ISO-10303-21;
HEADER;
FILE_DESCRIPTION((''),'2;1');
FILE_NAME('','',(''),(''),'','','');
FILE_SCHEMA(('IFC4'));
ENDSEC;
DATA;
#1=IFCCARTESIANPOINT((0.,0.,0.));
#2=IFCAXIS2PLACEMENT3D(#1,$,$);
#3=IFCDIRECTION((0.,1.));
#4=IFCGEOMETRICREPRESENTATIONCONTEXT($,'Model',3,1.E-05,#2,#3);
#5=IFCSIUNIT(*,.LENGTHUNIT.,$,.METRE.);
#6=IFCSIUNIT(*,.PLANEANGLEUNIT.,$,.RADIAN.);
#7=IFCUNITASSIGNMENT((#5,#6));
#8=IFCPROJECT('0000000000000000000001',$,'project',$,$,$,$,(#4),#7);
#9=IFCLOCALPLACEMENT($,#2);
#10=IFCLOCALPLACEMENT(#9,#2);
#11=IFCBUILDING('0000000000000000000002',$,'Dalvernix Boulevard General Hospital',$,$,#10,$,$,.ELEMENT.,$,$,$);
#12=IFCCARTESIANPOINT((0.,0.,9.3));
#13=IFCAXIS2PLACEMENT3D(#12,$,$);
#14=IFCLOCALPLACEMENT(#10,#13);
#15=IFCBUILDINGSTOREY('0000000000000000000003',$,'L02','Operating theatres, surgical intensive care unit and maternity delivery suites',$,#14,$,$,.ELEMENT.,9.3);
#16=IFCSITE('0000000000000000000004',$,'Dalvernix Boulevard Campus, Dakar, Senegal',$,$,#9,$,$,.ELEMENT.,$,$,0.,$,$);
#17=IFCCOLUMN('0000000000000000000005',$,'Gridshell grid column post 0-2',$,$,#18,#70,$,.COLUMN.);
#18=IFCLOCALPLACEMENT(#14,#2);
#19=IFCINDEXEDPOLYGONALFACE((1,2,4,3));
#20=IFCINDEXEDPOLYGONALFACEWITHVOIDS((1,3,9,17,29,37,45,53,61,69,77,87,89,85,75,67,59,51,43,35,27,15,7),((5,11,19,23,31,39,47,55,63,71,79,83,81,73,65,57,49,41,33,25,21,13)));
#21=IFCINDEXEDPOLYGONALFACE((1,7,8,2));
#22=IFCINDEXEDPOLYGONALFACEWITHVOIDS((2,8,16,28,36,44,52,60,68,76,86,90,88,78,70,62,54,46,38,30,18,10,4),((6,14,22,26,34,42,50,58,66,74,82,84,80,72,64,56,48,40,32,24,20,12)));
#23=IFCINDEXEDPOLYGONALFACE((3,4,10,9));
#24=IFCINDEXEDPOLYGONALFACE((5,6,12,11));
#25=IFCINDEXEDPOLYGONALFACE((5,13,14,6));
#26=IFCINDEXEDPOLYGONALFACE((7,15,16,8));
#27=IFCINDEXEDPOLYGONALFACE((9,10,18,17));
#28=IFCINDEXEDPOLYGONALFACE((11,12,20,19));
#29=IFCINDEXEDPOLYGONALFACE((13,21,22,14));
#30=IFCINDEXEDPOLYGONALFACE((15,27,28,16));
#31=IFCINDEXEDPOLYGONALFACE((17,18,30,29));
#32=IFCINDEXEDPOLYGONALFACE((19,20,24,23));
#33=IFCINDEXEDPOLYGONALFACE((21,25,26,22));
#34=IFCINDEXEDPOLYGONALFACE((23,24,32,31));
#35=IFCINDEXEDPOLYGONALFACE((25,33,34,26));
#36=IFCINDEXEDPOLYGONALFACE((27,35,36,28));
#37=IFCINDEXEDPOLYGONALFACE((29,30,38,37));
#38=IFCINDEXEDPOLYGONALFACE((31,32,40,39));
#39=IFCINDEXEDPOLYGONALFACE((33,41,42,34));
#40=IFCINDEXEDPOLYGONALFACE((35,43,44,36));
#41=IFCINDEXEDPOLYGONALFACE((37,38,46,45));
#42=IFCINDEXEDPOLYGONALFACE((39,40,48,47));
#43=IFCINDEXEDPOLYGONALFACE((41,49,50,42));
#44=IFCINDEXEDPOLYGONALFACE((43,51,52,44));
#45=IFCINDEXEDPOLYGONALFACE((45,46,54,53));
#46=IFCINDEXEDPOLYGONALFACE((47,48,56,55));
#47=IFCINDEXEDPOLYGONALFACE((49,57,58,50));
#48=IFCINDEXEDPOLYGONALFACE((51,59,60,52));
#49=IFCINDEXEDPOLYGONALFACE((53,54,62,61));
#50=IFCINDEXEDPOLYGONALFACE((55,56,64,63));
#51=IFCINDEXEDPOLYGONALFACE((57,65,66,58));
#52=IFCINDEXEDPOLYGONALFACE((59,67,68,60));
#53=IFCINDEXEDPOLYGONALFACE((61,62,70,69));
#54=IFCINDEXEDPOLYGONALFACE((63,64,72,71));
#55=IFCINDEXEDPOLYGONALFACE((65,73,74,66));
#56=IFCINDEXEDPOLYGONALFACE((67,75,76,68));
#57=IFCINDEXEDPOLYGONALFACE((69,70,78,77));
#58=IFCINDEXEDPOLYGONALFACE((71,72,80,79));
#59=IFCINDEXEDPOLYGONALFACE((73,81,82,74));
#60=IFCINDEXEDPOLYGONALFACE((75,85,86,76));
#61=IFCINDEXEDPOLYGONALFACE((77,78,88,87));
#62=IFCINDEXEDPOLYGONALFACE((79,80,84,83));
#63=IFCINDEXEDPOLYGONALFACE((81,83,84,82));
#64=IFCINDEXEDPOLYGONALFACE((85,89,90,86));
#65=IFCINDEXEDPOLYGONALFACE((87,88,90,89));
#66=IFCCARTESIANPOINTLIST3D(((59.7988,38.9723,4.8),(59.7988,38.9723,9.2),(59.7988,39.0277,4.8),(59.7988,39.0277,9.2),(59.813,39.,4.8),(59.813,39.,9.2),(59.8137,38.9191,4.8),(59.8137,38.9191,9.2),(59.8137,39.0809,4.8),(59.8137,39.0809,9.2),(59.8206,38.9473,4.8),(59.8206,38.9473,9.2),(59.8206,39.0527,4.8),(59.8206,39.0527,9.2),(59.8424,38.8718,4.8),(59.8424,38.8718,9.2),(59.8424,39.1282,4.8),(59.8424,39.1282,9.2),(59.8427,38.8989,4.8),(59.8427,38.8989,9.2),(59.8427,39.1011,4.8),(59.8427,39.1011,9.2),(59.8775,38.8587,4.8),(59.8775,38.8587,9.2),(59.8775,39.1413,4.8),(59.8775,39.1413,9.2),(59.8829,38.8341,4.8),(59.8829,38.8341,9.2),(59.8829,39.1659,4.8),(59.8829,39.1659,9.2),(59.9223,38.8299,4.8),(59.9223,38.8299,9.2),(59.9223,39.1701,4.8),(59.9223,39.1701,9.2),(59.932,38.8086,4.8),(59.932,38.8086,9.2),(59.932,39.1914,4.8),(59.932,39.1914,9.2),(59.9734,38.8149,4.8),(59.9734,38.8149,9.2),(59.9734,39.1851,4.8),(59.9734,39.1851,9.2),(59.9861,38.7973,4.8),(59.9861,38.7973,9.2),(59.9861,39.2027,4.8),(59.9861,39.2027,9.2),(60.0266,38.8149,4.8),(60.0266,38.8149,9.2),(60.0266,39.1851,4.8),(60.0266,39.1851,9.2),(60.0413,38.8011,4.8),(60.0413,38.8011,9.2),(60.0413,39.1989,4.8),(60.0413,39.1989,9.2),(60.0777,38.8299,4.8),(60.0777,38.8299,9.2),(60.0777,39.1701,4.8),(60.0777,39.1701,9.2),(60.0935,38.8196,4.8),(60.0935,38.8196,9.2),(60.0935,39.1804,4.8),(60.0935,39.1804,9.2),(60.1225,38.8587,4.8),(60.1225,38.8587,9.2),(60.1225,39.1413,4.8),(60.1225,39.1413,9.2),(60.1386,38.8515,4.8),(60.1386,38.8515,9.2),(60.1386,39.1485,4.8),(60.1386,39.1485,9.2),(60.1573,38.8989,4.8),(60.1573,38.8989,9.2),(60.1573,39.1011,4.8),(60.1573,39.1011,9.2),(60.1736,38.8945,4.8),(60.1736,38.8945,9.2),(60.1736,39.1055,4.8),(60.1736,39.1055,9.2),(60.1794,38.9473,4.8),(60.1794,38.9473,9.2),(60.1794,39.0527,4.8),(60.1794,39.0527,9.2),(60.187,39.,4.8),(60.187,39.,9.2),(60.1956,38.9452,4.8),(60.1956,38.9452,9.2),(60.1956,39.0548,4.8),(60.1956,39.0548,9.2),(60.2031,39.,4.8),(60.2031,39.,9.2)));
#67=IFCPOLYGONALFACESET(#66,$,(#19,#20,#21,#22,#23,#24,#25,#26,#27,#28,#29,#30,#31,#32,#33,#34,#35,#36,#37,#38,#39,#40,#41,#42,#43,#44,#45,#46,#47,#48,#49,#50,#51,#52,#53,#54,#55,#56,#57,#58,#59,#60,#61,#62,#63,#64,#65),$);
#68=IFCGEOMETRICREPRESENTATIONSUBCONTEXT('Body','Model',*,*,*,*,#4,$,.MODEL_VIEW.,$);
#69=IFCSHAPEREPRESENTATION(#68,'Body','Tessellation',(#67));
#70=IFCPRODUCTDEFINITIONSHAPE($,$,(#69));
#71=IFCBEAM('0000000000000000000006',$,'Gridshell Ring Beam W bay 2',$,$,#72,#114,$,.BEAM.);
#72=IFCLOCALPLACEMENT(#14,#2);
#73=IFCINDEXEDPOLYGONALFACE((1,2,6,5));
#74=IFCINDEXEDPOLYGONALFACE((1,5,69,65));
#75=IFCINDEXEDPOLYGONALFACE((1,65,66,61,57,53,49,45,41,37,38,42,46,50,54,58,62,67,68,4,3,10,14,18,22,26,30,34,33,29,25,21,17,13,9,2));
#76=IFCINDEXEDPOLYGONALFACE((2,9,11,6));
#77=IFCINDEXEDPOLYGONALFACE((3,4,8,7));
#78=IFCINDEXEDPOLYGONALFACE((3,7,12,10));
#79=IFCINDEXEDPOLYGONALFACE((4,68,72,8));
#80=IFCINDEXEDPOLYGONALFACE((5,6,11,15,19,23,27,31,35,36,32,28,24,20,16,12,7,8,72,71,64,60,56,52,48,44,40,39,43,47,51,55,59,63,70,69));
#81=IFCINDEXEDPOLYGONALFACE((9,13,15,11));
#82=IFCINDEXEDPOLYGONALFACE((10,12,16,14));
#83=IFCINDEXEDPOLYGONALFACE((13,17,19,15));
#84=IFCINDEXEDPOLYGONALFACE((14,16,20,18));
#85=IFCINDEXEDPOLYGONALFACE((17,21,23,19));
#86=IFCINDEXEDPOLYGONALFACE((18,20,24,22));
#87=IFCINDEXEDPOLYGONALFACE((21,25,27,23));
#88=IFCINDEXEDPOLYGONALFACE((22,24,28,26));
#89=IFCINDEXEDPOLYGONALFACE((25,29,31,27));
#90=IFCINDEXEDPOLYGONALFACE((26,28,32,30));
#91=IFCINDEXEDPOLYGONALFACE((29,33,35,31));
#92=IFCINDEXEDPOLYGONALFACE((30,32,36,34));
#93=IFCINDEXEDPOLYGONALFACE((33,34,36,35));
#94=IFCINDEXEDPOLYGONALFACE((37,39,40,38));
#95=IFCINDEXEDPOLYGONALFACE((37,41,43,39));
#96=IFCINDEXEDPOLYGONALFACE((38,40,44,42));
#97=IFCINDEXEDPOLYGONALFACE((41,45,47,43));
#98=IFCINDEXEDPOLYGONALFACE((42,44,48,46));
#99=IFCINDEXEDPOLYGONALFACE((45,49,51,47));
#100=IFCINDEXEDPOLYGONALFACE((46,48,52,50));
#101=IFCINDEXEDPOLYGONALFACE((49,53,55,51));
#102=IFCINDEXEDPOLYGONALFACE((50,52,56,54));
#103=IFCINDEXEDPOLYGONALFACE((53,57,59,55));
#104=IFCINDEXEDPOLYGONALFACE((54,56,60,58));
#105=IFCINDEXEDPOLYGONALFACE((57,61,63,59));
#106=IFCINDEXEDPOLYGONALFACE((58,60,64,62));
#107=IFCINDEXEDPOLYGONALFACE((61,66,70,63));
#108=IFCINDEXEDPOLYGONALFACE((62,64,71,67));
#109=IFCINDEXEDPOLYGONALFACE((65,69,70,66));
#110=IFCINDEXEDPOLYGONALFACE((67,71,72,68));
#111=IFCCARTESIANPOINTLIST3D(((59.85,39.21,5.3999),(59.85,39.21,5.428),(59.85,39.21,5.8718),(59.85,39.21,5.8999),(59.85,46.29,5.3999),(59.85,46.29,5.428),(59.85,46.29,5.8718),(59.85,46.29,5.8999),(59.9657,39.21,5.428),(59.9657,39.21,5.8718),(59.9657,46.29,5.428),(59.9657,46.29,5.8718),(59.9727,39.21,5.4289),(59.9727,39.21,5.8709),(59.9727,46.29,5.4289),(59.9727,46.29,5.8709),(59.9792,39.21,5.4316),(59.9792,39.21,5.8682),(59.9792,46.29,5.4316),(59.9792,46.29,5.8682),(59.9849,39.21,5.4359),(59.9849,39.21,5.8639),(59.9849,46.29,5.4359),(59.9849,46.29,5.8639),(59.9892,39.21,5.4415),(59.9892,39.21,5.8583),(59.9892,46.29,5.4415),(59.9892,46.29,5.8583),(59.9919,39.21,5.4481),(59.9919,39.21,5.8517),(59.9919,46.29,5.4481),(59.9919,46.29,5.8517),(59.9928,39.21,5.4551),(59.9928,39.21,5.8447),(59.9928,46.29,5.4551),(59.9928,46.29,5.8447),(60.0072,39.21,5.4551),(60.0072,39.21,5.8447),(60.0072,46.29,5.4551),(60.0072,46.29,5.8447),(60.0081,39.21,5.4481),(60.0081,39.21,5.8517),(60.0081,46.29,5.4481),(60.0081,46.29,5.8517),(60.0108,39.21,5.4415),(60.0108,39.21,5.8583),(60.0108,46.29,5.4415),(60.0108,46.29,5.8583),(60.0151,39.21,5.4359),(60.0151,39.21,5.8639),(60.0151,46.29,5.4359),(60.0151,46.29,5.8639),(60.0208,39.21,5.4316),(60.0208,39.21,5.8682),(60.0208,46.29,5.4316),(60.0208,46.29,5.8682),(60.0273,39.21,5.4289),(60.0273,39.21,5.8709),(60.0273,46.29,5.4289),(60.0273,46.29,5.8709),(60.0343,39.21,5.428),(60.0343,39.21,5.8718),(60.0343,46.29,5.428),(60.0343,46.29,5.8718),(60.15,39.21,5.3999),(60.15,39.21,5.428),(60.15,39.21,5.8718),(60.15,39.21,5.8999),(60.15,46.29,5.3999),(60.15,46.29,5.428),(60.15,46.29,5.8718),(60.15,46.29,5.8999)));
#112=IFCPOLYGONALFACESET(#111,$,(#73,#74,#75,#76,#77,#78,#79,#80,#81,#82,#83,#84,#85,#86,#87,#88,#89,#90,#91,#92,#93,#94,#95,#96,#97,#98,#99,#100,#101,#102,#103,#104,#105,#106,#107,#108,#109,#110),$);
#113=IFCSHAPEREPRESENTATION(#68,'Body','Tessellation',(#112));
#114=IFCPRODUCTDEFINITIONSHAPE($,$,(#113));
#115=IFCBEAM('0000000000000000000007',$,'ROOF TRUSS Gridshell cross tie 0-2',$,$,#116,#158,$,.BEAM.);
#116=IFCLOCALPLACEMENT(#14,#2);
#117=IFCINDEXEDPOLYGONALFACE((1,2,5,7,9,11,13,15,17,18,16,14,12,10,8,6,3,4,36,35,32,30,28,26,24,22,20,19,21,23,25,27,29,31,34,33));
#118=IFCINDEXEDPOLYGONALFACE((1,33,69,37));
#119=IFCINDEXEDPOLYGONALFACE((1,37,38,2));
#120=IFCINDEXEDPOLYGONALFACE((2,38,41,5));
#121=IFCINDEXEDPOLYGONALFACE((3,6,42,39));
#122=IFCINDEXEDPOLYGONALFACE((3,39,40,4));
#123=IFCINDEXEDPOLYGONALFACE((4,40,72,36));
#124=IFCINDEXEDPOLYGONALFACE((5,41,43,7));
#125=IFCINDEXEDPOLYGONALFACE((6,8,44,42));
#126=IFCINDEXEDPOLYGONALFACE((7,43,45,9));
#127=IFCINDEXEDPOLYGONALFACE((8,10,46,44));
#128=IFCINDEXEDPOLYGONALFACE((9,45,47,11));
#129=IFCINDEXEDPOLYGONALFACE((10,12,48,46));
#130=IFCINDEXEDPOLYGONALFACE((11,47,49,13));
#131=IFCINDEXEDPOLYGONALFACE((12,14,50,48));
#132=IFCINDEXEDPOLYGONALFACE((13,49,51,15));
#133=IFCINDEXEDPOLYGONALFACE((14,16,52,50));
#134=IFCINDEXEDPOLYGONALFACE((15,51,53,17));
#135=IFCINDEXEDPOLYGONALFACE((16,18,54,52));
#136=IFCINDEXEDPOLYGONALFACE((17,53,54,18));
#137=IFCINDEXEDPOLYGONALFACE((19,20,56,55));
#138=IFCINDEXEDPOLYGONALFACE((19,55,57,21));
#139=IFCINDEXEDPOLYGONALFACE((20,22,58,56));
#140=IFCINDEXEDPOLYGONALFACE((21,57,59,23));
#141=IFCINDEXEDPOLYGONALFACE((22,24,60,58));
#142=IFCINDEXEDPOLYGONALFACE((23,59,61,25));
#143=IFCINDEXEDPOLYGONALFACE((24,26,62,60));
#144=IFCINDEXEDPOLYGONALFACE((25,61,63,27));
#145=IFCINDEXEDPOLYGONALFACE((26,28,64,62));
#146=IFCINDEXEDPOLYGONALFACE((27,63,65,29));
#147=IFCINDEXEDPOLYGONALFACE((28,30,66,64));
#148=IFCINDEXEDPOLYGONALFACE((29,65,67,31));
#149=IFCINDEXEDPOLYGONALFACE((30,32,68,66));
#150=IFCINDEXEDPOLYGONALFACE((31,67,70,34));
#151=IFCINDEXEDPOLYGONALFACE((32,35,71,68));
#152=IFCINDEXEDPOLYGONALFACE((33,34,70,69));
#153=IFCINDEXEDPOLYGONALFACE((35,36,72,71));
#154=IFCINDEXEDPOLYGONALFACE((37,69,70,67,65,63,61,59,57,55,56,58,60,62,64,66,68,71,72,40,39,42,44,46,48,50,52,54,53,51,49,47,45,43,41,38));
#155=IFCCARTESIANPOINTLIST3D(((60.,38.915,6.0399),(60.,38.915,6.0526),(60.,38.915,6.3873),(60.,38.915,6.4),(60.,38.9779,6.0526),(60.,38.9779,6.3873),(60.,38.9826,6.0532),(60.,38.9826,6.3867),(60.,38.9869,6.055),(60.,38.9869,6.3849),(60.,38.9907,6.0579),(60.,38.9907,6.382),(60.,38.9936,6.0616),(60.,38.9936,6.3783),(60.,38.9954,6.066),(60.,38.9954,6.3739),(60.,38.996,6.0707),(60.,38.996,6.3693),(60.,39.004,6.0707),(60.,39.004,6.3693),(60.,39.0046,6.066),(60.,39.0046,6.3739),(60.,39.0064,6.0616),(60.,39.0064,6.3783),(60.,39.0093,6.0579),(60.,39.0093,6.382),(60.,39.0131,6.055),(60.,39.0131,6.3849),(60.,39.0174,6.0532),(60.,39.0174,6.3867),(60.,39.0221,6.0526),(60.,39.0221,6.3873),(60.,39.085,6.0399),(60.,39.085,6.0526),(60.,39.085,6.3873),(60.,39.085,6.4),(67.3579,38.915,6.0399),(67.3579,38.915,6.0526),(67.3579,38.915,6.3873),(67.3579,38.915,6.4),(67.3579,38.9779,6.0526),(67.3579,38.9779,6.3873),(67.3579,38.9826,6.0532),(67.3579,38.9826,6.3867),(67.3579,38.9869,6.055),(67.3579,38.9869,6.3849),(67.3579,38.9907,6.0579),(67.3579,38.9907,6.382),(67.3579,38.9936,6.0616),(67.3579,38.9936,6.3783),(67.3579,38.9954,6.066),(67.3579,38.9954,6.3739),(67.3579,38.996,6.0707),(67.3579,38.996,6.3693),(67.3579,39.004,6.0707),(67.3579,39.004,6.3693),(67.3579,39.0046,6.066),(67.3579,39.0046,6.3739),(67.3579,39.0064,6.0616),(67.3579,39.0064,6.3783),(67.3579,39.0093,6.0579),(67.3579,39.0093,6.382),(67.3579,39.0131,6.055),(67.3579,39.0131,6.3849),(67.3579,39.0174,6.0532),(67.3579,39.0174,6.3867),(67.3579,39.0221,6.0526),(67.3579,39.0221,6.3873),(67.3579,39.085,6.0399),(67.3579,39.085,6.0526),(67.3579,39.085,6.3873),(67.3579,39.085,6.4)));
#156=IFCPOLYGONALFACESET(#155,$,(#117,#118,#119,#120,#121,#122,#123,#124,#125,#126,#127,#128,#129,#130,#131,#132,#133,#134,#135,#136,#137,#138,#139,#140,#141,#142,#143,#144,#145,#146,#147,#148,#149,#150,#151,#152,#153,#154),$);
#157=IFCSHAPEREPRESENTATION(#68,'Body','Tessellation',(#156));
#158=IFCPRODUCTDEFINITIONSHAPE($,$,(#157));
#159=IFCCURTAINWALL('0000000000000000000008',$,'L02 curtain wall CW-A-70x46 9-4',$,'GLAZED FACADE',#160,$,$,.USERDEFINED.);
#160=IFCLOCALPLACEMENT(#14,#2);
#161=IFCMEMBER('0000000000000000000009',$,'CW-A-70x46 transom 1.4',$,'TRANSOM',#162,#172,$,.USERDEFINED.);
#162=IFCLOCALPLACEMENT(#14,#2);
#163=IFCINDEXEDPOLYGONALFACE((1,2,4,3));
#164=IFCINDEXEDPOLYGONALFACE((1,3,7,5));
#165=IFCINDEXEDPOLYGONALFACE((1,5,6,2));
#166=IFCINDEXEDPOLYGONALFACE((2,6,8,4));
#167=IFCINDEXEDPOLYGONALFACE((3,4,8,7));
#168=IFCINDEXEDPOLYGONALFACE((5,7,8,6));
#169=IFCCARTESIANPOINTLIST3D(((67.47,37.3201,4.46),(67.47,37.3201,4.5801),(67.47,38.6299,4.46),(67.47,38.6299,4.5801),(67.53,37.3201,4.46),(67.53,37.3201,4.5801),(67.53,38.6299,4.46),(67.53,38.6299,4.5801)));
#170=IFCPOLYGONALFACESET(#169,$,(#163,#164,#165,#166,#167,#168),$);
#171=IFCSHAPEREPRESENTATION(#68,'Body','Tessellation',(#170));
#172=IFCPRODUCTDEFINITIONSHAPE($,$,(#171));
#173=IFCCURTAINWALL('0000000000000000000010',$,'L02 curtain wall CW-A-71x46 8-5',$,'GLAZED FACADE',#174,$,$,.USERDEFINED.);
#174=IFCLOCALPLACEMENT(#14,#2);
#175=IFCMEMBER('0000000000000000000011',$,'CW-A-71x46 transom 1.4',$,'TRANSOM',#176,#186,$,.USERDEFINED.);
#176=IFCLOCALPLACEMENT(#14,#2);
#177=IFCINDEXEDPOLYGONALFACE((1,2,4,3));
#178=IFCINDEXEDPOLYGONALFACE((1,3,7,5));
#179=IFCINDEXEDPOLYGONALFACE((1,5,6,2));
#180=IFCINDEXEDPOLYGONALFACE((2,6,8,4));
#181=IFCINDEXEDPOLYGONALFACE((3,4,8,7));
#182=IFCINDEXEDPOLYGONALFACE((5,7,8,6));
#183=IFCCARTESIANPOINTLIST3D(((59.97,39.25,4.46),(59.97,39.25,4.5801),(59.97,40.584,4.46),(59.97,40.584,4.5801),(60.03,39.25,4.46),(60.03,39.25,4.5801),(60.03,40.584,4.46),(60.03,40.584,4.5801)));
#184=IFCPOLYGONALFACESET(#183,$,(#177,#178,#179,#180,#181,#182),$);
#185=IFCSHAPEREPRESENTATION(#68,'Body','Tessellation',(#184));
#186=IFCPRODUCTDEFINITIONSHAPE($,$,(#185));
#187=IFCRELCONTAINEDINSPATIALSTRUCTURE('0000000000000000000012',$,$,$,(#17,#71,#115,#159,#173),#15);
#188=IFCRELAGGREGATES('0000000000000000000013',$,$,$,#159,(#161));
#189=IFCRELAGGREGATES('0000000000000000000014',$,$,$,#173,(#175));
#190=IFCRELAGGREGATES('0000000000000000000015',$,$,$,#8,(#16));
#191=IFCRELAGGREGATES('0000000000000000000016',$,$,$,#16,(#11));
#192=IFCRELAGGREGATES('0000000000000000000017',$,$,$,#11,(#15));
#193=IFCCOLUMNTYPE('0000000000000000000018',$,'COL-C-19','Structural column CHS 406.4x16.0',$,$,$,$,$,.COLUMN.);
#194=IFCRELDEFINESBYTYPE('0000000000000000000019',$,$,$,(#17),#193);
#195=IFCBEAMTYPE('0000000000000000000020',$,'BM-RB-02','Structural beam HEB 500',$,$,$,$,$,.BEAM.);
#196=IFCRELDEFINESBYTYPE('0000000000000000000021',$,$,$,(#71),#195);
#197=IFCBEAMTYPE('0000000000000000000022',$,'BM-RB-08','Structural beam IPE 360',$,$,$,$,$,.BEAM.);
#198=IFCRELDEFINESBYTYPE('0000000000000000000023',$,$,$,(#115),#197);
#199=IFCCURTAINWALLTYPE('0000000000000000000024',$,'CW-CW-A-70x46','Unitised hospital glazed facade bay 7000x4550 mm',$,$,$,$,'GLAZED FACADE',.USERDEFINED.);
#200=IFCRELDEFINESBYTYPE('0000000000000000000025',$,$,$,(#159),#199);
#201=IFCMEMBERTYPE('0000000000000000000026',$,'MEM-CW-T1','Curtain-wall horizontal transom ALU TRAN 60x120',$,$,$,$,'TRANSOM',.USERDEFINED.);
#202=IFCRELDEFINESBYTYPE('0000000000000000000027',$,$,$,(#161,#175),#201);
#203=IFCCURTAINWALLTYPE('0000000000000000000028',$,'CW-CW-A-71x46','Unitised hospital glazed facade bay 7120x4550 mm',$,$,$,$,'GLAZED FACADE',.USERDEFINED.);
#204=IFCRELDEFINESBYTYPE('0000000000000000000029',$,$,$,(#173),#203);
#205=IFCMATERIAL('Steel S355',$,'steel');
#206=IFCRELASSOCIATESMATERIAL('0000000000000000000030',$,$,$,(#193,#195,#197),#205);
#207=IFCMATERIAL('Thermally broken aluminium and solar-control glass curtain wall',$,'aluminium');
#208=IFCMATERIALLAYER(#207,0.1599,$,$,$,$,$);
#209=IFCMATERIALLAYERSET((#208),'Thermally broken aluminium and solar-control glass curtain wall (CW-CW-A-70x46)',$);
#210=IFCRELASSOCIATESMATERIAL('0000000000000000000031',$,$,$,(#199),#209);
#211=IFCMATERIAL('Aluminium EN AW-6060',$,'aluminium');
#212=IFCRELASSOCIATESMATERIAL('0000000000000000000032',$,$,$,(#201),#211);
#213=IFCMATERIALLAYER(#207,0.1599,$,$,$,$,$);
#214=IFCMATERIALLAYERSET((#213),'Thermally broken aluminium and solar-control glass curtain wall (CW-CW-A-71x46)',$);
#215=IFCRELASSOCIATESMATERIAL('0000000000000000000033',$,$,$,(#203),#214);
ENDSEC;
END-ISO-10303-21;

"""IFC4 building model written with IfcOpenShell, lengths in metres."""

from ifc_helpers import new_model, si_unit, direction, frame, origin, origin_2d, place, context, subcontext, project, spatial, rectangle, hollow_circle, i_section, extrude, material, layer, layer_set, material_profile, profile_set, type_object, element, aggregate, save


model = new_model("IFC4")

# Units and contexts
model_context = context("Model", 3, precision=1e-05, world=origin(), true_north=direction((0.0, 1.0)))
body_context = subcontext(model_context, "Body", "Model", "MODEL_VIEW")
ifc_project = project(units=[si_unit("LENGTHUNIT", "METRE"), si_unit("PLANEANGLEUNIT", "RADIAN")], contexts=[model_context])

# Site, building, storey
site_placement = place(None, origin())
site = spatial("IfcSite", under=ifc_project, at=site_placement, Name="Dalvernix Boulevard Campus, Dakar, Senegal", CompositionType="ELEMENT", RefElevation=0.0)
building_placement = place(site_placement, origin())
building = spatial("IfcBuilding", under=site, at=building_placement, Name="Dalvernix Boulevard General Hospital", CompositionType="ELEMENT")
storey_placement = place(building_placement, frame((0.0, 0.0, 9.3)))
storey = spatial("IfcBuildingStorey", under=building, at=storey_placement, Name="L02", Description="Operating theatres, surgical intensive care unit and maternity delivery suites", CompositionType="ELEMENT", Elevation=9.3)

# Column
ifc_material_1 = material(Name="Steel S355", Category="steel")
ifc_material_profile_1 = material_profile(ifc_material_1, hollow_circle(Radius=0.2031, WallThickness=0.0161, at=origin_2d()), Name="CHS 406.4x16.0")
ifc_profile_set_1 = profile_set([ifc_material_profile_1], Name="Steel S355")
column_type = type_object("IfcColumnType", Name="COL-C-19", Description="Structural column CHS 406.4x16.0", PredefinedType="COLUMN", material=ifc_profile_set_1)
column_placement = place(storey_placement, frame((60.0, 39.0, 4.8), z_axis=(0.0, 0.0, 1.0), x_axis=(1.0, 0.0, 0.0)))
element("IfcColumn", 1, at=column_placement, inside=storey, type_object=column_type, Name="Gridshell grid column post 0-2", PredefinedType="COLUMN", context=body_context, shape_type="SweptSolid", body=[
    extrude(hollow_circle(Radius=0.2031, WallThickness=0.0161, at=origin_2d()), origin(), (0.0, 0.0, 1.0), 4.3999),
])

# Beams
ifc_material_profile_2 = material_profile(ifc_material_1, i_section(OverallWidth=0.3, OverallDepth=0.5, WebThickness=0.0144, FlangeThickness=0.0281, FilletRadius=0.0271, at=origin_2d()), Name="HEB 500")
ifc_profile_set_2 = profile_set([ifc_material_profile_2], Name="Steel S355")
beam_type_1 = type_object("IfcBeamType", Name="BM-RB-02", Description="Structural beam HEB 500", PredefinedType="BEAM", material=ifc_profile_set_2)
beam_1_placement = place(storey_placement, frame((60.0, 39.21, 5.6499), z_axis=(0.0, 1.0, 0.0), x_axis=(-1.0, 0.0, 0.0)))
element("IfcBeam", 2, at=beam_1_placement, inside=storey, type_object=beam_type_1, Name="Gridshell Ring Beam W bay 2", PredefinedType="BEAM", context=body_context, shape_type="SweptSolid", body=[
    extrude(i_section(OverallWidth=0.3, OverallDepth=0.5, WebThickness=0.0144, FlangeThickness=0.0281, FilletRadius=0.0271, at=origin_2d()), origin(), (0.0, 0.0, 1.0), 7.0801),
])
ifc_material_profile_3 = material_profile(ifc_material_1, i_section(OverallWidth=0.1699, OverallDepth=0.3601, WebThickness=0.0081, FlangeThickness=0.0127, FilletRadius=0.0181, at=origin_2d()), Name="IPE 360")
ifc_profile_set_3 = profile_set([ifc_material_profile_3], Name="Steel S355")
beam_type_2 = type_object("IfcBeamType", Name="BM-RB-08", Description="Structural beam IPE 360", PredefinedType="BEAM", material=ifc_profile_set_3)
beam_2_placement = place(storey_placement, frame((60.0, 39.0, 6.22), z_axis=(1.0, 0.0, 0.0), x_axis=(0.0, 1.0, 0.0)))
element("IfcBeam", 3, at=beam_2_placement, inside=storey, type_object=beam_type_2, Name="ROOF TRUSS Gridshell cross tie 0-2", PredefinedType="BEAM", context=body_context, shape_type="SweptSolid", body=[
    extrude(i_section(OverallWidth=0.1699, OverallDepth=0.3601, WebThickness=0.0081, FlangeThickness=0.0127, FilletRadius=0.0181, at=origin_2d()), origin(), (0.0, 0.0, 1.0), 7.3579),
])

# Curtain wall, member
ifc_material_2 = material(Name="Thermally broken aluminium and solar-control glass curtain wall", Category="aluminium")
ifc_layer_1 = layer(ifc_material_2, 0.1599)
ifc_layer_set_1 = layer_set([ifc_layer_1], Name="Thermally broken aluminium and solar-control glass curtain wall (CW-CW-A-70x46)")
curtain_wall_type_1 = type_object("IfcCurtainWallType", Name="CW-CW-A-70x46", Description="Unitised hospital glazed facade bay 7000x4550 mm", ElementType="GLAZED FACADE", PredefinedType="USERDEFINED", material=ifc_layer_set_1)
curtain_wall_1_placement = place(storey_placement, origin())
curtain_wall_1 = element("IfcCurtainWall", 4, at=curtain_wall_1_placement, inside=storey, type_object=curtain_wall_type_1, Name="L02 curtain wall CW-A-70x46 9-4", ObjectType="GLAZED FACADE", PredefinedType="USERDEFINED")
ifc_material_3 = material(Name="Aluminium EN AW-6060", Category="aluminium")
ifc_material_profile_4 = material_profile(ifc_material_3, rectangle(XDim=0.0601, YDim=0.1201, at=origin_2d()), Name="ALU TRAN 60x120")
ifc_profile_set_4 = profile_set([ifc_material_profile_4], Name="Aluminium EN AW-6060")
member_type_1 = type_object("IfcMemberType", Name="MEM-CW-T1", Description="Curtain-wall horizontal transom ALU TRAN 60x120", ElementType="TRANSOM", PredefinedType="USERDEFINED", material=ifc_profile_set_4)
member_1_placement = place(storey_placement, frame((67.5, 38.6299, 4.52), z_axis=(0.0, -1.0, 0.0), x_axis=(1.0, 0.0, 0.0)))
member_1 = element("IfcMember", 5, at=member_1_placement, type_object=member_type_1, Name="CW-A-70x46 transom 1.4", ObjectType="TRANSOM", PredefinedType="USERDEFINED", context=body_context, shape_type="SweptSolid", body=[
    extrude(rectangle(XDim=0.0601, YDim=0.1201, at=origin_2d()), origin(), (0.0, 0.0, 1.0), 1.3098),
])
aggregate(curtain_wall_1, [member_1])

# Curtain wall, member
ifc_layer_2 = layer(ifc_material_2, 0.1599)
ifc_layer_set_2 = layer_set([ifc_layer_2], Name="Thermally broken aluminium and solar-control glass curtain wall (CW-CW-A-71x46)")
curtain_wall_type_2 = type_object("IfcCurtainWallType", Name="CW-CW-A-71x46", Description="Unitised hospital glazed facade bay 7120x4550 mm", ElementType="GLAZED FACADE", PredefinedType="USERDEFINED", material=ifc_layer_set_2)
curtain_wall_2_placement = place(storey_placement, origin())
curtain_wall_2 = element("IfcCurtainWall", 6, at=curtain_wall_2_placement, inside=storey, type_object=curtain_wall_type_2, Name="L02 curtain wall CW-A-71x46 8-5", ObjectType="GLAZED FACADE", PredefinedType="USERDEFINED")
member_2_placement = place(storey_placement, frame((60.0, 39.25, 4.52), z_axis=(0.0, 1.0, 0.0), x_axis=(-1.0, 0.0, 0.0)))
member_2 = element("IfcMember", 7, at=member_2_placement, type_object=member_type_1, Name="CW-A-71x46 transom 1.4", ObjectType="TRANSOM", PredefinedType="USERDEFINED", context=body_context, shape_type="SweptSolid", body=[
    extrude(rectangle(XDim=0.0601, YDim=0.1201, at=origin_2d()), origin(), (0.0, 0.0, 1.0), 1.334),
])

aggregate(curtain_wall_2, [member_2])

save(model, "model.ifc")
